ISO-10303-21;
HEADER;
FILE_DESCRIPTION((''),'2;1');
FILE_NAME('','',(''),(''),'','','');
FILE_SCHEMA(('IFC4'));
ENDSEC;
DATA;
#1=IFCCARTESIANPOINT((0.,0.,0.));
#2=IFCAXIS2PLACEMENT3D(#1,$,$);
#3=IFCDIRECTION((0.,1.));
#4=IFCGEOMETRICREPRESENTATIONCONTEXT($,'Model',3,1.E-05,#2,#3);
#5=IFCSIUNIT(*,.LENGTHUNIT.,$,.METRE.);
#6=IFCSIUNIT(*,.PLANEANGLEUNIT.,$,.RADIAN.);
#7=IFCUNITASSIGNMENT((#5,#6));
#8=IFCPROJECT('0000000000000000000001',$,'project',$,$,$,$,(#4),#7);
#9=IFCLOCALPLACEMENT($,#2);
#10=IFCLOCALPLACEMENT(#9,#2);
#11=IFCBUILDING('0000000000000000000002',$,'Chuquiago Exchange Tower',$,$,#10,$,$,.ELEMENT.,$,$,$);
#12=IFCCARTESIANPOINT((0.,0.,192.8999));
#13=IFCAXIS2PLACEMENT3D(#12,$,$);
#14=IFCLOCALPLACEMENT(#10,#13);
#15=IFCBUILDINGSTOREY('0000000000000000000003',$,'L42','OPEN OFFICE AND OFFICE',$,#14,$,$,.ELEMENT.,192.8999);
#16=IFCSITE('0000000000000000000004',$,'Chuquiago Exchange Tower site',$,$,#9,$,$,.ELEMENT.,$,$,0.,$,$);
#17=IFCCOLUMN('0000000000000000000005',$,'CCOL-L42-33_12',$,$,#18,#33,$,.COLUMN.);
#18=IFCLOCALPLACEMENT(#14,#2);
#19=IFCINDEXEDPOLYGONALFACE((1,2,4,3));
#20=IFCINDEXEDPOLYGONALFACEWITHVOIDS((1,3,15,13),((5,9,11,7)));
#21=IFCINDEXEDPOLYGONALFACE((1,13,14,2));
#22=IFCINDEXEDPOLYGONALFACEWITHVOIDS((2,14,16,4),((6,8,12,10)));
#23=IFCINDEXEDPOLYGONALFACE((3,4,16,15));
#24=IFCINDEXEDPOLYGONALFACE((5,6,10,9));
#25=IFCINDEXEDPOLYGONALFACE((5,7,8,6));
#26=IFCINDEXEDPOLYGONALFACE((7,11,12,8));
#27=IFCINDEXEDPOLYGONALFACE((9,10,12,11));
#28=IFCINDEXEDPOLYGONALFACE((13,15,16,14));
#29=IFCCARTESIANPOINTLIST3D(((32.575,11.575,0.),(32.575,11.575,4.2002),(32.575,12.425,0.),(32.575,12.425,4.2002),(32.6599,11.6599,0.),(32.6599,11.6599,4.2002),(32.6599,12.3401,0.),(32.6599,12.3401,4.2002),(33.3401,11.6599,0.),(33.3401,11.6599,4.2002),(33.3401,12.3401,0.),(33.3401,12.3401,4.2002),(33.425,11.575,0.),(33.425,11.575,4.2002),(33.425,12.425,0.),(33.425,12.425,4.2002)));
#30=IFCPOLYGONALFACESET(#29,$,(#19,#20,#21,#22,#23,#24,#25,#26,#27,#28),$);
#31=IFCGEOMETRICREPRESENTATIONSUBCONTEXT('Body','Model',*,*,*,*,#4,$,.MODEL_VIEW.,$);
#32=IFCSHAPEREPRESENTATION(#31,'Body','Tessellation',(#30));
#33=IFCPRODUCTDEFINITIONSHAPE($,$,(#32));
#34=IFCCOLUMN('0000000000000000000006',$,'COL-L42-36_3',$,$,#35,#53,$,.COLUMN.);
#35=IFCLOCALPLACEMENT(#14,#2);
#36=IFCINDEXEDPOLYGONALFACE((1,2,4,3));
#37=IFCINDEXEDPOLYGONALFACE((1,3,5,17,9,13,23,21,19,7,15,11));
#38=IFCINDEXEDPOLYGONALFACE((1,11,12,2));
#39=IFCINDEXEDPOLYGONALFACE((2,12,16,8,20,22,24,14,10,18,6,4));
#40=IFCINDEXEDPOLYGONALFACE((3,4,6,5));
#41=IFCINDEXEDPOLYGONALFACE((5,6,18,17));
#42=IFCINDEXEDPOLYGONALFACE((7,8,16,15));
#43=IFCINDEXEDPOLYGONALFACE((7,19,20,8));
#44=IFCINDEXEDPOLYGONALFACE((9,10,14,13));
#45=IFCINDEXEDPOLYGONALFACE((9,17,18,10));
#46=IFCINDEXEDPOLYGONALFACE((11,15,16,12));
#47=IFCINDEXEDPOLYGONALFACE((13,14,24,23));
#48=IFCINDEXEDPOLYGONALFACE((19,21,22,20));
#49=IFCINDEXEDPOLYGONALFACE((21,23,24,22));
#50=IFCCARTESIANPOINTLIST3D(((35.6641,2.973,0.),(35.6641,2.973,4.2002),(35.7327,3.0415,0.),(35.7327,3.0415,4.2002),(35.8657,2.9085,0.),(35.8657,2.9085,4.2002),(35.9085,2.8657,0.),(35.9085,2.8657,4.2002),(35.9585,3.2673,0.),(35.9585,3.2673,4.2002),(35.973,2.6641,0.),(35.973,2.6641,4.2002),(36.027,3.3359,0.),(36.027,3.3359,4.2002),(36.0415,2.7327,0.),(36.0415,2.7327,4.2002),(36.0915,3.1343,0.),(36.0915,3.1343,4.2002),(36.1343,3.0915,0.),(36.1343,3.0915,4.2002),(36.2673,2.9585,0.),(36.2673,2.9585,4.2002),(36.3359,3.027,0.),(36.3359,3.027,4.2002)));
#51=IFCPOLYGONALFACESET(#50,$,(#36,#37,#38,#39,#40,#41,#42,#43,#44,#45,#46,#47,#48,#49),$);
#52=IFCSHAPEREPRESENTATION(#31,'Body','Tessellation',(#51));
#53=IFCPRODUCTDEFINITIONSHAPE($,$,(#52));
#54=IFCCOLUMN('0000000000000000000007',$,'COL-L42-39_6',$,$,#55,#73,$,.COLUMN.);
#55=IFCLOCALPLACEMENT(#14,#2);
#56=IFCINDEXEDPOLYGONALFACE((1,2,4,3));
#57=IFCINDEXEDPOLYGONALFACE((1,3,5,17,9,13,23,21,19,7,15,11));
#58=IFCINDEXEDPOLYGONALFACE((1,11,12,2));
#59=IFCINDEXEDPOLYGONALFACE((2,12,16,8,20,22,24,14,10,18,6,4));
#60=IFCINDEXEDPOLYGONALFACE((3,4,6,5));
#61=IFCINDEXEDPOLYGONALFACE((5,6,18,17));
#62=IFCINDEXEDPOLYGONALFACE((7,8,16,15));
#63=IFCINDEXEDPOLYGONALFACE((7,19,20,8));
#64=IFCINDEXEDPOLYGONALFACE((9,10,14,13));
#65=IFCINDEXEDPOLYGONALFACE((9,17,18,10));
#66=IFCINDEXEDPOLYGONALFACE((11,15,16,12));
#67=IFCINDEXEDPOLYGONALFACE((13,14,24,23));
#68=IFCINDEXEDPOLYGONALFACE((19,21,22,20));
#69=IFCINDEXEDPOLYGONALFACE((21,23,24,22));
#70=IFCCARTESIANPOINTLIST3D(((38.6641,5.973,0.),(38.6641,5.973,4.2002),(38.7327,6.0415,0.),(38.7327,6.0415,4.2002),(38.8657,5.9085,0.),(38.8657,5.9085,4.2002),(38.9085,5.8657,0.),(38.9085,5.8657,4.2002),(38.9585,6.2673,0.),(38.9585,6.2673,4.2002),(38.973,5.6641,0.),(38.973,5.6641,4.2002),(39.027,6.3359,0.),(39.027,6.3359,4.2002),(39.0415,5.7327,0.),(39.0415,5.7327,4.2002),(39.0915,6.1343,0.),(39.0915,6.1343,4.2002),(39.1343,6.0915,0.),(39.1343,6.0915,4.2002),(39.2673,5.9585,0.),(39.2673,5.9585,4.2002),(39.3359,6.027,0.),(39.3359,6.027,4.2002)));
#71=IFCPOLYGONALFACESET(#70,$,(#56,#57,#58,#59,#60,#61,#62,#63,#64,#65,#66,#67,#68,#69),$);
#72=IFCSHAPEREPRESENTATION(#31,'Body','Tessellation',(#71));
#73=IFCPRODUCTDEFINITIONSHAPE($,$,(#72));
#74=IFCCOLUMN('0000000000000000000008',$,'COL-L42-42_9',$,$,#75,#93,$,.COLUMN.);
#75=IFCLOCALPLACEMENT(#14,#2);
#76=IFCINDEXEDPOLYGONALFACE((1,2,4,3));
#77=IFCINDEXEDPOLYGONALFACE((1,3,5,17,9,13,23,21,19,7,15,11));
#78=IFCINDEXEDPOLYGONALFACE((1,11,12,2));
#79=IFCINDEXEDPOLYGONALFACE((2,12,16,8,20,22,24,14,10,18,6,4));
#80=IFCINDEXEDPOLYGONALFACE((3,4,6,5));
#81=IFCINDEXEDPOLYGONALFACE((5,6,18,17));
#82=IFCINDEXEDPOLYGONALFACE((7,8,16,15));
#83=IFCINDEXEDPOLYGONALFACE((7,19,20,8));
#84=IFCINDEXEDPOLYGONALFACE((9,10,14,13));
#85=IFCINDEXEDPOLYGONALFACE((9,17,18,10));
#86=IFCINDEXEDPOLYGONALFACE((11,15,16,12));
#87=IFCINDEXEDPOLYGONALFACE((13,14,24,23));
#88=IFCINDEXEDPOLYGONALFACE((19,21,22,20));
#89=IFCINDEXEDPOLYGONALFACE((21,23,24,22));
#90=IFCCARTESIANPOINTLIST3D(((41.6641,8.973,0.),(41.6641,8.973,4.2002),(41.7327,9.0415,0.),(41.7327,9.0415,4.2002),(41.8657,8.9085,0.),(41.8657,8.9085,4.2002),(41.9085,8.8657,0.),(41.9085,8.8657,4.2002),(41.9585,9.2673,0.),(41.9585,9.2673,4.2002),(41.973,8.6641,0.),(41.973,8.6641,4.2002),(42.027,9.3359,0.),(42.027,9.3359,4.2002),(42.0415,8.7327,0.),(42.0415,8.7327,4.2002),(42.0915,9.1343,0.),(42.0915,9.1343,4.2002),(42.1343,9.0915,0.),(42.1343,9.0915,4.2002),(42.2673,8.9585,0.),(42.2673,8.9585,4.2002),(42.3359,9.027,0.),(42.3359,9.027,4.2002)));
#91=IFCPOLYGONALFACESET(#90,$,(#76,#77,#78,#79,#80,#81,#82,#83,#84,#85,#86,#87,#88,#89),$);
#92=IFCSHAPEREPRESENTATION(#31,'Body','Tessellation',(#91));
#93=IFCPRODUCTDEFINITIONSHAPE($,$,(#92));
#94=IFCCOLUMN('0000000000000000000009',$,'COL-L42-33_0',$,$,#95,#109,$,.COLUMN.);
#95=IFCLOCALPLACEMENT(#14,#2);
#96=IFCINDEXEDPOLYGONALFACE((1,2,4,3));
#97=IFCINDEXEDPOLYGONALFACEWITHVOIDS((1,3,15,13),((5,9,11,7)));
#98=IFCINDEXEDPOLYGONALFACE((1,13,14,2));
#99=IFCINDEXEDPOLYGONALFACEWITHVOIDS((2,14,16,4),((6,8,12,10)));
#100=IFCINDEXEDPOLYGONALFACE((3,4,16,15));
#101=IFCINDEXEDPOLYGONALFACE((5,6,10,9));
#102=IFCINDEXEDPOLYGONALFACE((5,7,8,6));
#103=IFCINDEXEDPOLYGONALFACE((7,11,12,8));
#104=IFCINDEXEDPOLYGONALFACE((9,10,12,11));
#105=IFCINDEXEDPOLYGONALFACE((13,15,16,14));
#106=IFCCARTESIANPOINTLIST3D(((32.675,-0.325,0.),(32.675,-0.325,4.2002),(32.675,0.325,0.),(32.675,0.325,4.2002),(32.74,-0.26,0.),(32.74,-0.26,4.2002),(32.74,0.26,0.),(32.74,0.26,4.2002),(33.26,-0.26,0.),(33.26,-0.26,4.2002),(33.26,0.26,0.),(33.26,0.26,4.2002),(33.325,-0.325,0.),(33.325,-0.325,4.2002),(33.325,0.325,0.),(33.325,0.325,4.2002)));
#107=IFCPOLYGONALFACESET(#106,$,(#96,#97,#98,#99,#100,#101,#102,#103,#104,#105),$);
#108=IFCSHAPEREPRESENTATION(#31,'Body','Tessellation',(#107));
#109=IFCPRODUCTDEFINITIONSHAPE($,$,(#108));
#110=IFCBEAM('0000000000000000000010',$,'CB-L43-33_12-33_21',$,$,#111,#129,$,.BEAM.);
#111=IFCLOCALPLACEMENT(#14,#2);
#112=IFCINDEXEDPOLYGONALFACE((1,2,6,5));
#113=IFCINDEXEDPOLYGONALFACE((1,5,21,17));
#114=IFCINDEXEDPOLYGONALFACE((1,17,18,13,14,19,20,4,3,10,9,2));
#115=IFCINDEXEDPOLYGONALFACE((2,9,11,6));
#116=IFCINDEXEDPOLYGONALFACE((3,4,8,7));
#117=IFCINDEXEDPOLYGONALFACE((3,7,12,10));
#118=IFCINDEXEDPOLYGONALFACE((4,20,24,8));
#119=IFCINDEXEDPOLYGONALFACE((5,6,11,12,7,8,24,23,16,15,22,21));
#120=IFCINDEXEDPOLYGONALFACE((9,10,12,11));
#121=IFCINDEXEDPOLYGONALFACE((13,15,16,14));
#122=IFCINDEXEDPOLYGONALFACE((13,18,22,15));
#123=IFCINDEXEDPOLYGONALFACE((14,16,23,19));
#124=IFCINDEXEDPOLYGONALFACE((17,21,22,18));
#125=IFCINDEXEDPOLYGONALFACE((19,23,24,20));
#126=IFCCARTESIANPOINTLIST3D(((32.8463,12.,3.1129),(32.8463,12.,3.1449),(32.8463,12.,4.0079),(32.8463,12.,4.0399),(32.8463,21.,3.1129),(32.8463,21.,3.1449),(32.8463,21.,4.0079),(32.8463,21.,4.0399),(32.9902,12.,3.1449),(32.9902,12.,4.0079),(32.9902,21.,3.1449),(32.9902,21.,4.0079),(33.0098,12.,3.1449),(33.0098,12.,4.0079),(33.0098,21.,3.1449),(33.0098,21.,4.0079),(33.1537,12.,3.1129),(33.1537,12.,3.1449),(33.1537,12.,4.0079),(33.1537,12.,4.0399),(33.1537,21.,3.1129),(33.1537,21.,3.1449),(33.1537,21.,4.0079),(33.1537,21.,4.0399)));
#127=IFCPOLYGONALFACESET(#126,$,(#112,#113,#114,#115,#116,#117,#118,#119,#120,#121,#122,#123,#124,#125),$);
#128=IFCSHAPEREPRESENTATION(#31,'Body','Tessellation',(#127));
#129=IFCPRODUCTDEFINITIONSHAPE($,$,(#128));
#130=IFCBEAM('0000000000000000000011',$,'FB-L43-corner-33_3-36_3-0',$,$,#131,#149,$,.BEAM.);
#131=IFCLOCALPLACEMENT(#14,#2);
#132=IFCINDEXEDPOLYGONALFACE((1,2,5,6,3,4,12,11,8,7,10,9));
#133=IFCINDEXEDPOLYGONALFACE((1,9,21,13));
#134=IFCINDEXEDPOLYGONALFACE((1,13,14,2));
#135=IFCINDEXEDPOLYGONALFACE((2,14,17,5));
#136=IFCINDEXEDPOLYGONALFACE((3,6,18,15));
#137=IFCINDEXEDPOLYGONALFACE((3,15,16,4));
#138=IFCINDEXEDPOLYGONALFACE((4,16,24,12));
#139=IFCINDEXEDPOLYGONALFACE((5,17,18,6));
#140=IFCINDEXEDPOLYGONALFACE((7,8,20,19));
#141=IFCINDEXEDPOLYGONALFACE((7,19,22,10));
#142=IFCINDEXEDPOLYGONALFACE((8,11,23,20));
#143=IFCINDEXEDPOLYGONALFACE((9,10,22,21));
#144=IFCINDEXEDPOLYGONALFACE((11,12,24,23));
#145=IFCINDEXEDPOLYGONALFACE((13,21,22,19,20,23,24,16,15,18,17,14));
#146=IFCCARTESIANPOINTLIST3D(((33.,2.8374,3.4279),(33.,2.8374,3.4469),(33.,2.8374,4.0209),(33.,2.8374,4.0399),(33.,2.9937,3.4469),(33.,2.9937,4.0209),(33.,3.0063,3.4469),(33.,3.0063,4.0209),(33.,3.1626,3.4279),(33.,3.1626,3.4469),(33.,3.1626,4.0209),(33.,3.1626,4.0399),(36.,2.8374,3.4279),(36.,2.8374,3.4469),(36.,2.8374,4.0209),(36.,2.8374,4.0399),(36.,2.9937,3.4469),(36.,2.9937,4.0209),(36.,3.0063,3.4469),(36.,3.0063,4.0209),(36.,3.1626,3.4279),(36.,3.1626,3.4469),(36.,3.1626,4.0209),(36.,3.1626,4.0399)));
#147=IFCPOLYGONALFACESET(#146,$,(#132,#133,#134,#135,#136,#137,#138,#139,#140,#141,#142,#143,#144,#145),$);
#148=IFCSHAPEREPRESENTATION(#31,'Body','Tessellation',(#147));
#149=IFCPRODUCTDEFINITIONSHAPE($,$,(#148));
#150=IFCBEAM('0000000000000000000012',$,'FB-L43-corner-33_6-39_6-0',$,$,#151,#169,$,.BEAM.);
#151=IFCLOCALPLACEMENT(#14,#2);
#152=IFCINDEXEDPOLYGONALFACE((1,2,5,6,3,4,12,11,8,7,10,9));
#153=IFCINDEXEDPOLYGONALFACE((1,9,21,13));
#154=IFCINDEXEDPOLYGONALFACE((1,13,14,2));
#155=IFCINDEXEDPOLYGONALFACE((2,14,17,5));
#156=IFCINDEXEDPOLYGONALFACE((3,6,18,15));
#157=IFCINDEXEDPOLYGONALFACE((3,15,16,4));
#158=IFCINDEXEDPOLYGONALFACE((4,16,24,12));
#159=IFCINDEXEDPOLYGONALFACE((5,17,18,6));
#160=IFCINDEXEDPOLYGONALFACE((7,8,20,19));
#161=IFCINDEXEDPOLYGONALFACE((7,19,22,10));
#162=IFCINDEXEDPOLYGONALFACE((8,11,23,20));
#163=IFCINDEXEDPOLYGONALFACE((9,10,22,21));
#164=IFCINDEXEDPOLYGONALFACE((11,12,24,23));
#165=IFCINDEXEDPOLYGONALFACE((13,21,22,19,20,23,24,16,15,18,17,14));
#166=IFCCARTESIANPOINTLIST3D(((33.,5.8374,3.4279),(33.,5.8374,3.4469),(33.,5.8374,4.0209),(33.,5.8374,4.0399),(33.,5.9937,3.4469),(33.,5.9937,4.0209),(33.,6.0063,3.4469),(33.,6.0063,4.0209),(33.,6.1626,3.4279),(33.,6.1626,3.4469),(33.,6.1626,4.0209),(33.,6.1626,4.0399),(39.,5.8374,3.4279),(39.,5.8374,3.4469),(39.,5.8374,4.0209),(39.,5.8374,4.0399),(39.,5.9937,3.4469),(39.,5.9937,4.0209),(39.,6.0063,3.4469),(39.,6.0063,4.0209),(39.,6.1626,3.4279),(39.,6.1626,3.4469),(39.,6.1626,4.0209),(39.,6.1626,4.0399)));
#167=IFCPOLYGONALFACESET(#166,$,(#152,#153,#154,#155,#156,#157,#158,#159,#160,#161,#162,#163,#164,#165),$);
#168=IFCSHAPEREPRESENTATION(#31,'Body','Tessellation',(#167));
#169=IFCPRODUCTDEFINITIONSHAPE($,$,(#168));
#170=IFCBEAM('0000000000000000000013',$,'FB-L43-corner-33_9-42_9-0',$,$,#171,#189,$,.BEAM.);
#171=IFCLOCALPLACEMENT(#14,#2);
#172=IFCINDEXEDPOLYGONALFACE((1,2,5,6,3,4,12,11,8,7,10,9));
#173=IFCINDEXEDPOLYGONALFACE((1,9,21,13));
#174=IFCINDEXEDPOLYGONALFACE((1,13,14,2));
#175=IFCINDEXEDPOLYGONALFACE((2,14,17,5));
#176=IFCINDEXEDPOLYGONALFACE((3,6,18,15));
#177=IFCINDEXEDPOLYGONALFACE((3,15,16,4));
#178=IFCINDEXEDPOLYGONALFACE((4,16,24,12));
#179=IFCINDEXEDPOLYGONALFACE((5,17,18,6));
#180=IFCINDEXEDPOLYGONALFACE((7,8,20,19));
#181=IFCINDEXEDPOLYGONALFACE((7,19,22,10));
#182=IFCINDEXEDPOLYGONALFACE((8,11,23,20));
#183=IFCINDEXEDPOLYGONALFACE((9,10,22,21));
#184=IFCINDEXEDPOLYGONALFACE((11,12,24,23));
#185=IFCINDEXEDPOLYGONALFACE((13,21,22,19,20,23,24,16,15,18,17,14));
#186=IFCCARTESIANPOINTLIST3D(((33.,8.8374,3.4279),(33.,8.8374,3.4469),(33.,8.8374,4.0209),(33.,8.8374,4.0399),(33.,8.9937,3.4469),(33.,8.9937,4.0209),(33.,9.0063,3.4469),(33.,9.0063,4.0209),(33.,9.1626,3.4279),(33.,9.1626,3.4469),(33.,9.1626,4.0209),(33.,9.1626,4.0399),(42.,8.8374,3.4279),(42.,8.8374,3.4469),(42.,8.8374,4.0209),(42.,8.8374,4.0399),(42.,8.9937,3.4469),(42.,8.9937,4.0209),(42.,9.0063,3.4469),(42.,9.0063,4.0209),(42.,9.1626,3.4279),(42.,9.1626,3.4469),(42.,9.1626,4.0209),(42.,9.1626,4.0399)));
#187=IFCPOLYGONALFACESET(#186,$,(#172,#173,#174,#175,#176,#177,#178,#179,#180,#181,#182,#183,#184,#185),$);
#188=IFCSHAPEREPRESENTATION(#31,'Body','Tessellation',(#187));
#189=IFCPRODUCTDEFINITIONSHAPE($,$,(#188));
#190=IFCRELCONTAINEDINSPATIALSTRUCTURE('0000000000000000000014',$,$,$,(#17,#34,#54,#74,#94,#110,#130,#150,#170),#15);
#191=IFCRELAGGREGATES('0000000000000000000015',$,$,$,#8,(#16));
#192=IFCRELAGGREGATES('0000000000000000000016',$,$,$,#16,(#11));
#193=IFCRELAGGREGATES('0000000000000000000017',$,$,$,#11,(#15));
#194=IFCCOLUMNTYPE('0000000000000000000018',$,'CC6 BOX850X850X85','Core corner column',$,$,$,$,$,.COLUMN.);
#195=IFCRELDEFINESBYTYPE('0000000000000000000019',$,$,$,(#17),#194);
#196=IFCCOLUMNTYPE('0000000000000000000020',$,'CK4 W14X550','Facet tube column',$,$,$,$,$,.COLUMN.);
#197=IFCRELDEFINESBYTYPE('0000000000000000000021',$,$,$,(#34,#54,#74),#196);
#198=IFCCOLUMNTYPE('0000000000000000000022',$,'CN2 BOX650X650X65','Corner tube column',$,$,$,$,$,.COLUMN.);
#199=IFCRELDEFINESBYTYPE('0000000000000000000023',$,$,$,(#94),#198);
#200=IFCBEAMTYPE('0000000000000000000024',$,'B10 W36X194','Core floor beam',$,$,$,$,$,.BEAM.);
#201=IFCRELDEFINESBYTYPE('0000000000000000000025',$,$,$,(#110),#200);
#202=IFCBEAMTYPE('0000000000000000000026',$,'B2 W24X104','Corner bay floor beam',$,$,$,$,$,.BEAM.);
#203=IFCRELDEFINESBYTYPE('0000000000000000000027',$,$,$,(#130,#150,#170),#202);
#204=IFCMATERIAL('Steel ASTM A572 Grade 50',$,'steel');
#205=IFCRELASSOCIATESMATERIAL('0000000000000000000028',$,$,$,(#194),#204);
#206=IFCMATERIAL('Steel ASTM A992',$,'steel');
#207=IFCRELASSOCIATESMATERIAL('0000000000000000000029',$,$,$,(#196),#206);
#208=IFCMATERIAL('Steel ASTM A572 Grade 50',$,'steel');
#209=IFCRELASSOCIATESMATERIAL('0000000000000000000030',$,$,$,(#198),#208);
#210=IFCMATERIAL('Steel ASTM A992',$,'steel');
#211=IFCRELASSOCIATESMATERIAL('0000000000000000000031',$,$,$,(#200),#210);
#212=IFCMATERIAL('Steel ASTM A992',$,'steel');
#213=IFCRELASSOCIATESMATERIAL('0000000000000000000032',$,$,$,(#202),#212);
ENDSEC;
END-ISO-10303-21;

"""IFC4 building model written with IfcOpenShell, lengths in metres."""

from ifc_helpers import new_model, si_unit, direction, frame, origin, origin_2d, place, context, subcontext, project, spatial, hollow_rectangle, i_section, extrude, material, material_profile, profile_set, type_object, element, save


model = new_model("IFC4")

# Units and contexts
model_context = context("Model", 3, precision=1e-05, world=origin(), true_north=direction((0.0, 1.0)))
body_context = subcontext(model_context, "Body", "Model", "MODEL_VIEW")
ifc_project = project(units=[si_unit("LENGTHUNIT", "METRE"), si_unit("PLANEANGLEUNIT", "RADIAN")], contexts=[model_context])

# Site, building, storey
site_placement = place(None, origin())
site = spatial("IfcSite", under=ifc_project, at=site_placement, Name="Chuquiago Exchange Tower site", CompositionType="ELEMENT", RefElevation=0.0)
building_placement = place(site_placement, origin())
building = spatial("IfcBuilding", under=site, at=building_placement, Name="Chuquiago Exchange Tower", CompositionType="ELEMENT")
storey_placement = place(building_placement, frame((0.0, 0.0, 192.8999)))
storey = spatial("IfcBuildingStorey", under=building, at=storey_placement, Name="L42", Description="OPEN OFFICE AND OFFICE", CompositionType="ELEMENT", Elevation=192.8999)

# Columns
ifc_material_1 = material(Name="Steel ASTM A572 Grade 50", Category="steel")
ifc_material_profile_1 = material_profile(ifc_material_1, hollow_rectangle(XDim=0.8501, YDim=0.8501, WallThickness=0.085, at=origin_2d()), Name="BOX850X850X85")
ifc_profile_set_1 = profile_set([ifc_material_profile_1], Name="Steel ASTM A572 Grade 50")
column_type_1 = type_object("IfcColumnType", Name="CC6 BOX850X850X85", Description="Core corner column", PredefinedType="COLUMN", material=ifc_profile_set_1)
column_1_placement = place(storey_placement, frame((33.0, 12.0, 0.0), z_axis=(0.0, 0.0, 1.0), x_axis=(1.0, 0.0, 0.0)))
element("IfcColumn", 1, at=column_1_placement, inside=storey, type_object=column_type_1, Name="CCOL-L42-33_12", PredefinedType="COLUMN", context=body_context, shape_type="SweptSolid", body=[
    extrude(hollow_rectangle(XDim=0.8501, YDim=0.8501, WallThickness=0.085, at=origin_2d()), origin(), (0.0, 0.0, 1.0), 4.2002),
])
ifc_material_2 = material(Name="Steel ASTM A992", Category="steel")
ifc_material_profile_2 = material_profile(ifc_material_2, i_section(OverallWidth=0.4368, OverallDepth=0.5132, WebThickness=0.0605, FlangeThickness=0.0969, at=origin_2d()), Name="W14X550")
ifc_profile_set_2 = profile_set([ifc_material_profile_2], Name="Steel ASTM A992")
column_type_2 = type_object("IfcColumnType", Name="CK4 W14X550", Description="Facet tube column", PredefinedType="COLUMN", material=ifc_profile_set_2)
for number, where, z_axis, x_axis, name in (
    (2, (36.0, 3.0, 0.0), (0.0, 0.0, 1.0), (0.707107, -0.707107, 0.0), "COL-L42-36_3"),
    (3, (39.0, 6.0, 0.0), (0.0, 0.0, 1.0), (0.707107, -0.707107, 0.0), "COL-L42-39_6"),
    (4, (42.0, 9.0, 0.0), (0.0, 0.0, 1.0), (0.707107, -0.707107, 0.0), "COL-L42-42_9"),
):
    element("IfcColumn", number, at=place(storey_placement, frame(where, z_axis=z_axis, x_axis=x_axis)), inside=storey, type_object=column_type_2, Name=name, PredefinedType="COLUMN", context=body_context, shape_type="SweptSolid", body=[
        extrude(i_section(OverallWidth=0.4368, OverallDepth=0.5132, WebThickness=0.0605, FlangeThickness=0.0969, at=origin_2d()), origin(), (0.0, 0.0, 1.0), 4.2002),
    ])
ifc_material_3 = material(Name="Steel ASTM A572 Grade 50", Category="steel")
ifc_material_profile_3 = material_profile(ifc_material_3, hollow_rectangle(XDim=0.6499, YDim=0.6499, WallThickness=0.0649, at=origin_2d()), Name="BOX650X650X65")
ifc_profile_set_3 = profile_set([ifc_material_profile_3], Name="Steel ASTM A572 Grade 50")
column_type_3 = type_object("IfcColumnType", Name="CN2 BOX650X650X65", Description="Corner tube column", PredefinedType="COLUMN", material=ifc_profile_set_3)
column_2_placement = place(storey_placement, frame((33.0, 0.0, 0.0), z_axis=(0.0, 0.0, 1.0), x_axis=(0.0, -1.0, 0.0)))
element("IfcColumn", 5, at=column_2_placement, inside=storey, type_object=column_type_3, Name="COL-L42-33_0", PredefinedType="COLUMN", context=body_context, shape_type="SweptSolid", body=[
    extrude(hollow_rectangle(XDim=0.6499, YDim=0.6499, WallThickness=0.0649, at=origin_2d()), origin(), (0.0, 0.0, 1.0), 4.2002),
])

# Beams
ifc_material_4 = material(Name="Steel ASTM A992", Category="steel")
ifc_material_profile_4 = material_profile(ifc_material_4, i_section(OverallWidth=0.3074, OverallDepth=0.927, WebThickness=0.0195, FlangeThickness=0.032, at=origin_2d()), Name="W36X194")
ifc_profile_set_4 = profile_set([ifc_material_profile_4], Name="Steel ASTM A992")
beam_type_1 = type_object("IfcBeamType", Name="B10 W36X194", Description="Core floor beam", PredefinedType="BEAM", material=ifc_profile_set_4)
beam_1_placement = place(storey_placement, frame((33.0, 12.0, 3.5764), z_axis=(0.0, 1.0, 0.0), x_axis=(-1.0, 0.0, 0.0)))
element("IfcBeam", 6, at=beam_1_placement, inside=storey, type_object=beam_type_1, Name="CB-L43-33_12-33_21", PredefinedType="BEAM", context=body_context, shape_type="SweptSolid", body=[
    extrude(i_section(OverallWidth=0.3074, OverallDepth=0.927, WebThickness=0.0195, FlangeThickness=0.032, at=origin_2d()), origin(), (0.0, 0.0, 1.0), 9.0),
])
ifc_material_5 = material(Name="Steel ASTM A992", Category="steel")
ifc_material_profile_5 = material_profile(ifc_material_5, i_section(OverallWidth=0.3252, OverallDepth=0.6121, WebThickness=0.0127, FlangeThickness=0.019, at=origin_2d()), Name="W24X104")
ifc_profile_set_5 = profile_set([ifc_material_profile_5], Name="Steel ASTM A992")
beam_type_2 = type_object("IfcBeamType", Name="B2 W24X104", Description="Corner bay floor beam", PredefinedType="BEAM", material=ifc_profile_set_5)
beam_2_placement = place(storey_placement, frame((33.0, 3.0, 3.7339), z_axis=(1.0, 0.0, 0.0), x_axis=(0.0, 1.0, 0.0)))
element("IfcBeam", 7, at=beam_2_placement, inside=storey, type_object=beam_type_2, Name="FB-L43-corner-33_3-36_3-0", PredefinedType="BEAM", context=body_context, shape_type="SweptSolid", body=[
    extrude(i_section(OverallWidth=0.3252, OverallDepth=0.6121, WebThickness=0.0127, FlangeThickness=0.019, at=origin_2d()), origin(), (0.0, 0.0, 1.0), 3.0),
])
beam_3_placement = place(storey_placement, frame((33.0, 6.0, 3.7339), z_axis=(1.0, 0.0, 0.0), x_axis=(0.0, 1.0, 0.0)))
element("IfcBeam", 8, at=beam_3_placement, inside=storey, type_object=beam_type_2, Name="FB-L43-corner-33_6-39_6-0", PredefinedType="BEAM", context=body_context, shape_type="SweptSolid", body=[
    extrude(i_section(OverallWidth=0.3252, OverallDepth=0.6121, WebThickness=0.0127, FlangeThickness=0.019, at=origin_2d()), origin(), (0.0, 0.0, 1.0), 6.0),
])
beam_4_placement = place(storey_placement, frame((33.0, 9.0, 3.7339), z_axis=(1.0, 0.0, 0.0), x_axis=(0.0, 1.0, 0.0)))
element("IfcBeam", 9, at=beam_4_placement, inside=storey, type_object=beam_type_2, Name="FB-L43-corner-33_9-42_9-0", PredefinedType="BEAM", context=body_context, shape_type="SweptSolid", body=[
    extrude(i_section(OverallWidth=0.3252, OverallDepth=0.6121, WebThickness=0.0127, FlangeThickness=0.019, at=origin_2d()), origin(), (0.0, 0.0, 1.0), 9.0),
])

save(model, "model.ifc")
